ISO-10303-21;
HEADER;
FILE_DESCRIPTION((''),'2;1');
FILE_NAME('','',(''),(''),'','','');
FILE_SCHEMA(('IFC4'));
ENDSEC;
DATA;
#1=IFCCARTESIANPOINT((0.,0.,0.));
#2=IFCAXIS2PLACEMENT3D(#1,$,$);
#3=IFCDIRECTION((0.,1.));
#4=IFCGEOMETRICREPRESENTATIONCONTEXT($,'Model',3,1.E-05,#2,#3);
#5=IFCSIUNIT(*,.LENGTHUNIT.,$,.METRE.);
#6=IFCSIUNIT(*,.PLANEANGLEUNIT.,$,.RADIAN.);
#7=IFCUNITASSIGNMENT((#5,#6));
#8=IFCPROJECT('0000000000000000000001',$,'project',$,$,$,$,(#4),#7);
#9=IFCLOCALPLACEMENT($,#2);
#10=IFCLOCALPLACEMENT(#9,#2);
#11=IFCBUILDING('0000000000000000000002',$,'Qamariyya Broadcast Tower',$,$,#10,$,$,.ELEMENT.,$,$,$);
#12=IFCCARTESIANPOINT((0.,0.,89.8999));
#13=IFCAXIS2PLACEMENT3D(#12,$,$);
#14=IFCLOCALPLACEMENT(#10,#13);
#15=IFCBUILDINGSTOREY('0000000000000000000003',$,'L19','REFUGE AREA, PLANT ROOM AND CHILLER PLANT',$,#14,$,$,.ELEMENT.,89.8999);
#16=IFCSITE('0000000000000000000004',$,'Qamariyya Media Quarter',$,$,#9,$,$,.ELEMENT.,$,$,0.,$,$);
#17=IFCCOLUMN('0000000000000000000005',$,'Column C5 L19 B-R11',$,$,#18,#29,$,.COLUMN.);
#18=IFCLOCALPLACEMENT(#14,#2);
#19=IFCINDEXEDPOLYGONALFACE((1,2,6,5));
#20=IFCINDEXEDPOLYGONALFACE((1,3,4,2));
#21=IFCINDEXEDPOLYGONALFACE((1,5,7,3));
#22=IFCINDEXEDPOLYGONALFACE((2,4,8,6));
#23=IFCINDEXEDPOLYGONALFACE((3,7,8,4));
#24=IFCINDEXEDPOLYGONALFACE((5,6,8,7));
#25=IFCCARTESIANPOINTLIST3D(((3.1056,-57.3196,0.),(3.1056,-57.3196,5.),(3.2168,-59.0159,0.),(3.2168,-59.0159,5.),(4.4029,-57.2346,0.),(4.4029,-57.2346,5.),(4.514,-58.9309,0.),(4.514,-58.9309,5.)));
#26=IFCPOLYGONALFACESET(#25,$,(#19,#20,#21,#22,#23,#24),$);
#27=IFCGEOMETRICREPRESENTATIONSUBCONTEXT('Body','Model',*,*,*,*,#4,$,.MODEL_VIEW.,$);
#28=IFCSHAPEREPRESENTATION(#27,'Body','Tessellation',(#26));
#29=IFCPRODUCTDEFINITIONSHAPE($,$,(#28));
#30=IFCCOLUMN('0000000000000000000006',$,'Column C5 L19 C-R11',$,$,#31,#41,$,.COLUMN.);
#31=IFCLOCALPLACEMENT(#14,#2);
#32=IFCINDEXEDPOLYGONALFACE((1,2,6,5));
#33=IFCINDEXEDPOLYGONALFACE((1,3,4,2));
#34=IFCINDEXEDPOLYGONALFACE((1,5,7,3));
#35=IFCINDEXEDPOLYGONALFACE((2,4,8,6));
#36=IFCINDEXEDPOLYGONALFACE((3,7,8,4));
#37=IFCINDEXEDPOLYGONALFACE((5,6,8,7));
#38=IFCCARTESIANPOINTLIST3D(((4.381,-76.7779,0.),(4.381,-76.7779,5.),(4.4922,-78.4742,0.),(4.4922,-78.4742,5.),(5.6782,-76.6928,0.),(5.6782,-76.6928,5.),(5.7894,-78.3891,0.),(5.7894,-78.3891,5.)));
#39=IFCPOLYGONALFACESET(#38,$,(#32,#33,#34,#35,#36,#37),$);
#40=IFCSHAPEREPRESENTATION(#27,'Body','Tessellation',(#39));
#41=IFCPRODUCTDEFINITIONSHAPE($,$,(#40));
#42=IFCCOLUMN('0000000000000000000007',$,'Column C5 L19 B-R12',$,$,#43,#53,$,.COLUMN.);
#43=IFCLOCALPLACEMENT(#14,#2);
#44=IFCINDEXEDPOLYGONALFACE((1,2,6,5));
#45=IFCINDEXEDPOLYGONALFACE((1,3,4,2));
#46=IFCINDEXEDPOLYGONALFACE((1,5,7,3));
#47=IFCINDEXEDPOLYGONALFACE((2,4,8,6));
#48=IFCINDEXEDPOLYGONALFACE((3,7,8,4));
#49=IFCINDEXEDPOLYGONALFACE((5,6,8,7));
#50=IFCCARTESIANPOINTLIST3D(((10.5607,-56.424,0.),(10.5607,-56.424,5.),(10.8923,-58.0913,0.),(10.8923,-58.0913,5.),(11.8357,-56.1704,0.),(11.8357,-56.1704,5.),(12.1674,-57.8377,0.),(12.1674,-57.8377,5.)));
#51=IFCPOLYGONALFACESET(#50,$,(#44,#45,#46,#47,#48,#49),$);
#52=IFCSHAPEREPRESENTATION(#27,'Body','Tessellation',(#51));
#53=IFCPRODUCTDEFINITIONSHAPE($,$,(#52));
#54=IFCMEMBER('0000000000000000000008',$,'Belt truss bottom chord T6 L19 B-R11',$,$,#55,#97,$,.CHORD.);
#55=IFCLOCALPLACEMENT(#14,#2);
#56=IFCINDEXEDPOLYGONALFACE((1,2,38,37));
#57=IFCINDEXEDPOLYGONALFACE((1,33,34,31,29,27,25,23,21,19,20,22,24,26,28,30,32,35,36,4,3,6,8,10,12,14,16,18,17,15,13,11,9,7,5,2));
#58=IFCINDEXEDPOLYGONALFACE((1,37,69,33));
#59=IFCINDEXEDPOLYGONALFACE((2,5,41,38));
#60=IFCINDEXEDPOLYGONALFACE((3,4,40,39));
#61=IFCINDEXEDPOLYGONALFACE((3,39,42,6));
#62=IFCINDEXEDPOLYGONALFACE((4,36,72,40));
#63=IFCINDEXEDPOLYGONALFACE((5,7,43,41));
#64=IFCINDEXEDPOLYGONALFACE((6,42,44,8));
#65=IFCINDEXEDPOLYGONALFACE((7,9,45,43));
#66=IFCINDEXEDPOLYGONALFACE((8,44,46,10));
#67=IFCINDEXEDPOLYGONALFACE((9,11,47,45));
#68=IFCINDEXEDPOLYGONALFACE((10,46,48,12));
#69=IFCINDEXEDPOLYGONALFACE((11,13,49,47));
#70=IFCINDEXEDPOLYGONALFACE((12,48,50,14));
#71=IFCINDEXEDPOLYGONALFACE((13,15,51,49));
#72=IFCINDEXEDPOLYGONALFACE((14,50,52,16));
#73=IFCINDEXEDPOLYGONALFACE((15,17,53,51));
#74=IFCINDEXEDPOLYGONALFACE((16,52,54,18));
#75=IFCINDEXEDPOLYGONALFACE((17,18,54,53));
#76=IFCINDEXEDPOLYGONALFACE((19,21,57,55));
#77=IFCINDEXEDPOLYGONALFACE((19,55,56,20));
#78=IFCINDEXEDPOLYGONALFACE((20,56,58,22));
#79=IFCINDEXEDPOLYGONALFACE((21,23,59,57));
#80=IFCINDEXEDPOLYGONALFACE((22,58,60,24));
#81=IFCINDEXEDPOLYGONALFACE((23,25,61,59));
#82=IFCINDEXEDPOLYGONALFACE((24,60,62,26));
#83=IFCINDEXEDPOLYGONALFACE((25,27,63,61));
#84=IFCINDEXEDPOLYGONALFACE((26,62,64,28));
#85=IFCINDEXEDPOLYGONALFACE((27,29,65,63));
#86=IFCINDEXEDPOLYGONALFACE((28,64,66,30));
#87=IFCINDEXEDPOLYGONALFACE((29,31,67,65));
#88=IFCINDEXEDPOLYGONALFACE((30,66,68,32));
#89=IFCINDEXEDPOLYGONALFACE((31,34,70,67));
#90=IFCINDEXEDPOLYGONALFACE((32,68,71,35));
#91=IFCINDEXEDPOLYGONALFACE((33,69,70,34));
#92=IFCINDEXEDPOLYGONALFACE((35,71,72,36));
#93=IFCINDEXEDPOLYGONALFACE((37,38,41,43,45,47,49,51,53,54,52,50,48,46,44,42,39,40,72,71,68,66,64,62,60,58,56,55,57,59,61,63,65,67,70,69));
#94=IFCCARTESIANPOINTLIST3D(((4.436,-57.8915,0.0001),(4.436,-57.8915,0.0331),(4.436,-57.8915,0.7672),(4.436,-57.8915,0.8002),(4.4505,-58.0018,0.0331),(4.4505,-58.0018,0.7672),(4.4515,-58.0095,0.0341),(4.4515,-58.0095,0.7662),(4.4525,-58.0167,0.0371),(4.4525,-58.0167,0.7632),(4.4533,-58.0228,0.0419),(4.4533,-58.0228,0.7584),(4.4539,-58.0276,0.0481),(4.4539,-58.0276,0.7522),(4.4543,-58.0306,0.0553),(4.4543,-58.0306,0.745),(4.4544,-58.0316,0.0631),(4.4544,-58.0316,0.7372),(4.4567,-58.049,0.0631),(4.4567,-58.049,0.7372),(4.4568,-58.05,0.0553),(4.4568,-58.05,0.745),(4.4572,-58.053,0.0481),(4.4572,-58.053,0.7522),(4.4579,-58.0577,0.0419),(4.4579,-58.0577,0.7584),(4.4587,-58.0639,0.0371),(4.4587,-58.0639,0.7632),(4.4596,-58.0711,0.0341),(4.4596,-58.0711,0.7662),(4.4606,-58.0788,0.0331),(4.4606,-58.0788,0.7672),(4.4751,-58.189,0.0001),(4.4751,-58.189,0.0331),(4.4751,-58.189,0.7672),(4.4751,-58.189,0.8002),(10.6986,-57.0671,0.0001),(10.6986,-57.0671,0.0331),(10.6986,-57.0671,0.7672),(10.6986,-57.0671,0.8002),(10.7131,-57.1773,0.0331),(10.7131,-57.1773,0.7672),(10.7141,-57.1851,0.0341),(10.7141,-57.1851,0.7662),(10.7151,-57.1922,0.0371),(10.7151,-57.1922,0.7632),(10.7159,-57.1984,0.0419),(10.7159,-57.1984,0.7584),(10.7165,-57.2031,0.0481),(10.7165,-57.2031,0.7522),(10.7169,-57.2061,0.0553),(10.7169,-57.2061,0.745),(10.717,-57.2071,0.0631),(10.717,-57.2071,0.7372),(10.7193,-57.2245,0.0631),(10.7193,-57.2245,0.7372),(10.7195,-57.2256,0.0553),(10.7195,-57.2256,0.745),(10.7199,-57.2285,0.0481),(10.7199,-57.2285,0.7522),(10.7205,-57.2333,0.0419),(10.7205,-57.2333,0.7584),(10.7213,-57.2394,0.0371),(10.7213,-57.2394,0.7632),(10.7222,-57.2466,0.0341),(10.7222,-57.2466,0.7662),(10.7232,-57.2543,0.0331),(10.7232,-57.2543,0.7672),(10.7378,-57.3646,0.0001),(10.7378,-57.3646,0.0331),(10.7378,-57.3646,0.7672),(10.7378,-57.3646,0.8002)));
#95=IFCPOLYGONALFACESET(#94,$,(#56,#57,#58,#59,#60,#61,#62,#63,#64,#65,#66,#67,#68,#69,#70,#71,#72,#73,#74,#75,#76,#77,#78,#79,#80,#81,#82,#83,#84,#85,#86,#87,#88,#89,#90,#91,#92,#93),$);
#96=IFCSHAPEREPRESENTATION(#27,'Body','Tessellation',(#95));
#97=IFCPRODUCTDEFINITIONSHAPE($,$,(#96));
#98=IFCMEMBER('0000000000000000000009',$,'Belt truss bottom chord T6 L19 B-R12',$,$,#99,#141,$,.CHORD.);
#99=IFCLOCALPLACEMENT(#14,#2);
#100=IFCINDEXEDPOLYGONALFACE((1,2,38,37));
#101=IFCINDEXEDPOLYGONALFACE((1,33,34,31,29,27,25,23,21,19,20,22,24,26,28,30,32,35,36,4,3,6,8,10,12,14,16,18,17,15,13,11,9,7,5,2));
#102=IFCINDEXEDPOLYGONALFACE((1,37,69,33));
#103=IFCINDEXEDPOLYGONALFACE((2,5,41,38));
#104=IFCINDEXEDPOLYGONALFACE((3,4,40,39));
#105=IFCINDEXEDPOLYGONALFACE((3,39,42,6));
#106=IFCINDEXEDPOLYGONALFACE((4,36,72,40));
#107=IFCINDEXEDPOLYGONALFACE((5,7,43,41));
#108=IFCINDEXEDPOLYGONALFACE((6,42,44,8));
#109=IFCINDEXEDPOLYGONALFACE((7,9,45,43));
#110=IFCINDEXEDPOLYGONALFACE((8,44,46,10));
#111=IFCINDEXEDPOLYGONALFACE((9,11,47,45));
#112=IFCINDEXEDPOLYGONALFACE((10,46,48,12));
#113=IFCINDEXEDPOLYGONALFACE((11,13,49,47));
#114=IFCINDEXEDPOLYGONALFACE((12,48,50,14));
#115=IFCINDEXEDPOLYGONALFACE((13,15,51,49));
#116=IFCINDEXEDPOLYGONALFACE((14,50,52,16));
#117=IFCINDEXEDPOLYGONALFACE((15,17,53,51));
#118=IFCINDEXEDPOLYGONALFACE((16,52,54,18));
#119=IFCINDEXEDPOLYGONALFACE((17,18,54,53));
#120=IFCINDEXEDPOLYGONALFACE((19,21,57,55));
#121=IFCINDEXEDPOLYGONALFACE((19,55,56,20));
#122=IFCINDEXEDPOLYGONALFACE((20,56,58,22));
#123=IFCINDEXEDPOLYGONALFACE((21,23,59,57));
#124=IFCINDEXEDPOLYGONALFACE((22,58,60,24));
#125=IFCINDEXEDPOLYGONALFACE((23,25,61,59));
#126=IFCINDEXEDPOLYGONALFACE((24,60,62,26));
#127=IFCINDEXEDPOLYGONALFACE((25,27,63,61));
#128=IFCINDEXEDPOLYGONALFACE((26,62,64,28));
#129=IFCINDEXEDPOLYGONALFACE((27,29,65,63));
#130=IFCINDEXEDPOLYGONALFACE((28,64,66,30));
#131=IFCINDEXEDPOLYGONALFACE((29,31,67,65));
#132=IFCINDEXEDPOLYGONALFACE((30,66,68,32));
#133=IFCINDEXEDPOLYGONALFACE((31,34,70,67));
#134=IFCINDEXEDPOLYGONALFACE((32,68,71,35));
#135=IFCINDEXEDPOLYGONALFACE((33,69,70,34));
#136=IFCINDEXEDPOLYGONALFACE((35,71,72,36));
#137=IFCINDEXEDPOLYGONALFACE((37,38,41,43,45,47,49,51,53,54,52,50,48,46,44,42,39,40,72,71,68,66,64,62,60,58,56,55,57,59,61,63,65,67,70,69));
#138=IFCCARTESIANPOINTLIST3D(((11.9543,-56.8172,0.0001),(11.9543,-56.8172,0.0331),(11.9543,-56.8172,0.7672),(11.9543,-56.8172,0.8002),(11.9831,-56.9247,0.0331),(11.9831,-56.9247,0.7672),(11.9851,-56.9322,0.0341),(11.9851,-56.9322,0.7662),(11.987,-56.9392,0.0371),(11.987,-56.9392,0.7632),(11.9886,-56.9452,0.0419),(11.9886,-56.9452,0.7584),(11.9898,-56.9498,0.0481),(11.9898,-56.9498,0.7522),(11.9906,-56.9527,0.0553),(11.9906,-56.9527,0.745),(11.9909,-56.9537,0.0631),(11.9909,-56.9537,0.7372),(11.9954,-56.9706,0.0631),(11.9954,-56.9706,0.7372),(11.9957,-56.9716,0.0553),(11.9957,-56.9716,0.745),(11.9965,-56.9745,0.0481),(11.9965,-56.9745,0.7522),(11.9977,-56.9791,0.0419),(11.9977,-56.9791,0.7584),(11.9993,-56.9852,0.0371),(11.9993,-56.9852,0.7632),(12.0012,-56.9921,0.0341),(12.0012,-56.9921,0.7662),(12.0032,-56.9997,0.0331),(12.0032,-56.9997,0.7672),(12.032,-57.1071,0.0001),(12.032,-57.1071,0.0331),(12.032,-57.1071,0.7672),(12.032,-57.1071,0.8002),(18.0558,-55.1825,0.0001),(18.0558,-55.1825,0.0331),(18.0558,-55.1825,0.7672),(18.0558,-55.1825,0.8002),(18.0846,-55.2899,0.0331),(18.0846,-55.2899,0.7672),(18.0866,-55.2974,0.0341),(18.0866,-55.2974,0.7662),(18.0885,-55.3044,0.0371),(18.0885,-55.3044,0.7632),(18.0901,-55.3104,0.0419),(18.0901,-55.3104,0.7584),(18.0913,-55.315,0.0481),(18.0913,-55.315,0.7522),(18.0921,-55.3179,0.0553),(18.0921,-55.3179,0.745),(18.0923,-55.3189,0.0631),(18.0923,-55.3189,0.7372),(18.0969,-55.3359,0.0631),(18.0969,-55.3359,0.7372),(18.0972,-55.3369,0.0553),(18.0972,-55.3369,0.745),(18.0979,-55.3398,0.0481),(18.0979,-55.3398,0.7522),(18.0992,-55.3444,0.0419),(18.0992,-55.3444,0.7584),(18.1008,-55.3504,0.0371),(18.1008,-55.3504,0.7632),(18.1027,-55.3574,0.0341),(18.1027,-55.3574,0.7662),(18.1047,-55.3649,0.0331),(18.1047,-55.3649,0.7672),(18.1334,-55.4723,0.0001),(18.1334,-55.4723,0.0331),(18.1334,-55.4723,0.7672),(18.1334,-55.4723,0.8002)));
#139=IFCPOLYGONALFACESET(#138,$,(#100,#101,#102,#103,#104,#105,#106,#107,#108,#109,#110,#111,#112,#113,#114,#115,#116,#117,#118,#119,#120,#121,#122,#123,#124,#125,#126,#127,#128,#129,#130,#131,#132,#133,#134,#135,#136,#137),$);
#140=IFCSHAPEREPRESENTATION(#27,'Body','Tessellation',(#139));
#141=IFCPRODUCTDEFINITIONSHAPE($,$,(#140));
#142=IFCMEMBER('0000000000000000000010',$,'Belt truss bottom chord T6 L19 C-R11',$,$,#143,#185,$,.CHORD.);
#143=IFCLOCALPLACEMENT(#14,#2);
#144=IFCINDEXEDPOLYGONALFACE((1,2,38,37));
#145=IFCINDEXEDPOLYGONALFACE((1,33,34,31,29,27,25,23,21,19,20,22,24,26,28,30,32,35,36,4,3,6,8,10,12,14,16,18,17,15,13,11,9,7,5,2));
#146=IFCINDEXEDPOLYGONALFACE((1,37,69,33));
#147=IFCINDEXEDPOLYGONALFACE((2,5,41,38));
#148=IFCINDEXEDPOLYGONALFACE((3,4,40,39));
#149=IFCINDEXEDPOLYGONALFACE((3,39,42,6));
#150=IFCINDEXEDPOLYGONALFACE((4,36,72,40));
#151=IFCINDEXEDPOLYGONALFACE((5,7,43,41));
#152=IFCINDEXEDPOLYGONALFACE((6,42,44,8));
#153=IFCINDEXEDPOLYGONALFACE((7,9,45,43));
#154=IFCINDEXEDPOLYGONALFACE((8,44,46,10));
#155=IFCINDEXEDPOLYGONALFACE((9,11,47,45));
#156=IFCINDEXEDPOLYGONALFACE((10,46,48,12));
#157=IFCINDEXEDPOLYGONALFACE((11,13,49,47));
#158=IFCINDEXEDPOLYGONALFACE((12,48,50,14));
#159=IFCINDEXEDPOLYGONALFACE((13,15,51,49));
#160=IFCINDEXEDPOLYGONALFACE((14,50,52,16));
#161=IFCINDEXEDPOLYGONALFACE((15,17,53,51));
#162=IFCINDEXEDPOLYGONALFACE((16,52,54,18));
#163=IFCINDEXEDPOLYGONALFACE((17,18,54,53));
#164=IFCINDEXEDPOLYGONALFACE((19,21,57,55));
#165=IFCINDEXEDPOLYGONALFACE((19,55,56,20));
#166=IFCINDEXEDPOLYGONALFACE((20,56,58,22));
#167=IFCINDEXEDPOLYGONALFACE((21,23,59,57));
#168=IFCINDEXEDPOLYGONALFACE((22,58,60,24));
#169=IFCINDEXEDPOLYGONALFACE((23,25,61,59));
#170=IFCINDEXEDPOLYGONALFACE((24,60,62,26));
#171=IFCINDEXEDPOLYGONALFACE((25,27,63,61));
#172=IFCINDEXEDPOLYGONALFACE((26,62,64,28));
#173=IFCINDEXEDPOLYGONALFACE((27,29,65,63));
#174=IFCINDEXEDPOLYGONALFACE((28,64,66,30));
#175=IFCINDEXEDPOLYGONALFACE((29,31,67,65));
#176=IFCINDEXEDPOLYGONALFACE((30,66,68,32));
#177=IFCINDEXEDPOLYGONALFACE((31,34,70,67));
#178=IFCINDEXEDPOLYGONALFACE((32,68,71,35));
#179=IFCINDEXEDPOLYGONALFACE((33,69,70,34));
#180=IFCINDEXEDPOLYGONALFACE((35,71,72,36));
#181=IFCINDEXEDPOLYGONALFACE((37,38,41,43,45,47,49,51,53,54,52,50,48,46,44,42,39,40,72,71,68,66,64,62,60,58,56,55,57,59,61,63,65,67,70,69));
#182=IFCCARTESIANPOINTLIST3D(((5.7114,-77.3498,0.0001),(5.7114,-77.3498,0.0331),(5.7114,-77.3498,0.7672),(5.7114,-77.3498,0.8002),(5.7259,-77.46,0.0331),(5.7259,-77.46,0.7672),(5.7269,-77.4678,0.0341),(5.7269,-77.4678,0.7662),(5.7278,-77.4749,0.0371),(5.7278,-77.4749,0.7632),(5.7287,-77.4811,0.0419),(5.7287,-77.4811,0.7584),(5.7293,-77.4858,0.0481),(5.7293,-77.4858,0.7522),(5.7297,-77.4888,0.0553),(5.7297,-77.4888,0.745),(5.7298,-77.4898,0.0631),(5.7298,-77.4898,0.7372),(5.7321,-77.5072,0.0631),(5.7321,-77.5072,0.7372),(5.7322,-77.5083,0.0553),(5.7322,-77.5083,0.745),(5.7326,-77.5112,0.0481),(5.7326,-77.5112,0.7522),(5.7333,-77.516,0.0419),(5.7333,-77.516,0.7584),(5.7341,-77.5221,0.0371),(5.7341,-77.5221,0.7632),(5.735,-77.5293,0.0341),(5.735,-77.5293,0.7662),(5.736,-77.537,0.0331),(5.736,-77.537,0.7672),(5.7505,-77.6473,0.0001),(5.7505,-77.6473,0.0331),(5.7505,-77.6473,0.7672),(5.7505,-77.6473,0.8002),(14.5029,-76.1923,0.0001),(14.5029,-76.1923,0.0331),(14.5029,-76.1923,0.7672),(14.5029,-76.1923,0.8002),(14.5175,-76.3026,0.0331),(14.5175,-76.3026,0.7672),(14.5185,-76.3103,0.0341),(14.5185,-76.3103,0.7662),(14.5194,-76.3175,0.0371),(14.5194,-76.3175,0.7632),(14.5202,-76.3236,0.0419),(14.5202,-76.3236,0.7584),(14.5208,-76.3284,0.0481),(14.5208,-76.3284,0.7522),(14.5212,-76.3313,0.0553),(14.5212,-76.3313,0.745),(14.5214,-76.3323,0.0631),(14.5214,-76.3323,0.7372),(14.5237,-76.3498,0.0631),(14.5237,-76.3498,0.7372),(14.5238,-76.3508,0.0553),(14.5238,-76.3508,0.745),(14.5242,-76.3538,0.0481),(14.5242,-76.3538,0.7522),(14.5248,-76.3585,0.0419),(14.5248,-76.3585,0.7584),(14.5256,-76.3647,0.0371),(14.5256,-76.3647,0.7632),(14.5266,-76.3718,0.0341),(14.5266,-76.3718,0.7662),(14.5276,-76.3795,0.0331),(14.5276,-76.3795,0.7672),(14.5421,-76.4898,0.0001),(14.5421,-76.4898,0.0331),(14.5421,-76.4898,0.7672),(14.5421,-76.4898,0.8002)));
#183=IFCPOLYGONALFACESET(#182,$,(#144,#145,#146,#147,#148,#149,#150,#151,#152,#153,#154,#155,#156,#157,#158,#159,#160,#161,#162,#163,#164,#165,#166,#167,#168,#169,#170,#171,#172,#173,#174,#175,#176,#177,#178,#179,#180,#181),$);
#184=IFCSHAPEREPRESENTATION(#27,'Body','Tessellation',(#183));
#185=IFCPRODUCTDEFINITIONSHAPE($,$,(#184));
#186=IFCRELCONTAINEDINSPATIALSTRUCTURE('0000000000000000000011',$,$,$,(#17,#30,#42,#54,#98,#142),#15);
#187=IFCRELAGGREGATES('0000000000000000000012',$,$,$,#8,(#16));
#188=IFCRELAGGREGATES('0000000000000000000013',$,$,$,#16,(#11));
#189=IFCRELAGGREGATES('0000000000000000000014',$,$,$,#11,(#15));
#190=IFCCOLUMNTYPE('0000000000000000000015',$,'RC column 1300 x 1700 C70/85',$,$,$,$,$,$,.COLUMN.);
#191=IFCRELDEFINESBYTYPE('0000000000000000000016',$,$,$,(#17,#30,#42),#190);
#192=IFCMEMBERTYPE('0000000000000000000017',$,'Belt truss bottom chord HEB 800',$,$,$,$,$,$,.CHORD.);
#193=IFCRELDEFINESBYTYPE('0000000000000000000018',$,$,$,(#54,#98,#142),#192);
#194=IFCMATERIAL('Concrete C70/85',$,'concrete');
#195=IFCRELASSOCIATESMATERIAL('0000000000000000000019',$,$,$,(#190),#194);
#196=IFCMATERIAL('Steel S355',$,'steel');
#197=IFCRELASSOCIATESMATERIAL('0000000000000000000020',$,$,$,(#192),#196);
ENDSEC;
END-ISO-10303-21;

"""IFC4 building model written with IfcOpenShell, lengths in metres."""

from ifc_helpers import new_model, si_unit, direction, frame, origin, origin_2d, place, context, subcontext, project, spatial, rectangle, i_section, extrude, material, material_profile, profile_set, type_object, element, save


model = new_model("IFC4")

# Units and contexts
model_context = context("Model", 3, precision=1e-05, world=origin(), true_north=direction((0.0, 1.0)))
body_context = subcontext(model_context, "Body", "Model", "MODEL_VIEW")
ifc_project = project(units=[si_unit("LENGTHUNIT", "METRE"), si_unit("PLANEANGLEUNIT", "RADIAN")], contexts=[model_context])

# Site, building, storey
site_placement = place(None, origin())
site = spatial("IfcSite", under=ifc_project, at=site_placement, Name="Qamariyya Media Quarter", CompositionType="ELEMENT", RefElevation=0.0)
building_placement = place(site_placement, origin())
building = spatial("IfcBuilding", under=site, at=building_placement, Name="Qamariyya Broadcast Tower", CompositionType="ELEMENT")
storey_placement = place(building_placement, frame((0.0, 0.0, 89.8999)))
storey = spatial("IfcBuildingStorey", under=building, at=storey_placement, Name="L19", Description="REFUGE AREA, PLANT ROOM AND CHILLER PLANT", CompositionType="ELEMENT", Elevation=89.8999)

# Columns
ifc_material_1 = material(Name="Concrete C70/85", Category="concrete")
ifc_material_profile_1 = material_profile(ifc_material_1, rectangle(XDim=1.3, YDim=1.7, at=origin_2d()))
ifc_profile_set_1 = profile_set([ifc_material_profile_1], Name="Concrete C70/85")
column_type = type_object("IfcColumnType", Name="RC column 1300 x 1700 C70/85", PredefinedType="COLUMN", material=ifc_profile_set_1)
for number, where, z_axis, x_axis, name in (
    (1, (3.8098, -58.1252, 0.0), (0.0, 0.0, 1.0), (0.997859, 0.065403, 0.0), "Column C5 L19 B-R11"),
    (2, (5.0852, -77.5835, 0.0), (0.0, 0.0, 1.0), (0.997859, 0.065403, 0.0), "Column C5 L19 C-R11"),
    (3, (11.364, -57.1309, 0.0), (0.0, 0.0, 1.0), (0.980785, 0.19509, 0.0), "Column C5 L19 B-R12"),
):
    element("IfcColumn", number, at=place(storey_placement, frame(where, z_axis=z_axis, x_axis=x_axis)), inside=storey, type_object=column_type, Name=name, PredefinedType="COLUMN", context=body_context, shape_type="SweptSolid", body=[
        extrude(rectangle(XDim=1.3, YDim=1.7, at=origin_2d()), origin(), (0.0, 0.0, 1.0), 5.0),
    ])

# Members
ifc_material_2 = material(Name="Steel S355", Category="steel")
ifc_material_profile_2 = material_profile(ifc_material_2, i_section(OverallWidth=0.3, OverallDepth=0.8, WebThickness=0.0176, FlangeThickness=0.033, FilletRadius=0.03, at=origin_2d()))
ifc_profile_set_2 = profile_set([ifc_material_profile_2], Name="Steel S355")
member_type_1 = type_object("IfcMemberType", Name="Belt truss bottom chord HEB 800", PredefinedType="CHORD", material=ifc_profile_set_2)
for number, where, z_axis, x_axis, name in (
    (4, (4.4556, -58.0403, 0.4001), (0.991446, 0.13052, 0.0), (-0.13052, 0.991446, 0.0), "Belt truss bottom chord T6 L19 B-R11"),
    (5, (11.9932, -56.9622, 0.4001), (0.965931, 0.258798, 0.0), (-0.258798, 0.965931, 0.0), "Belt truss bottom chord T6 L19 B-R12"),
):
    element("IfcMember", number, at=place(storey_placement, frame(where, z_axis=z_axis, x_axis=x_axis)), inside=storey, type_object=member_type_1, Name=name, PredefinedType="CHORD", context=body_context, shape_type="SweptSolid", body=[
        extrude(i_section(OverallWidth=0.3, OverallDepth=0.8, WebThickness=0.0176, FlangeThickness=0.033, FilletRadius=0.03, at=origin_2d()), origin(), (0.0, 0.0, 1.0), 6.3167),
    ])
member_1_placement = place(storey_placement, frame((5.731, -77.4985, 0.4001), z_axis=(0.991444, 0.130531, 0.0), x_axis=(-0.130531, 0.991444, 0.0)))
element("IfcMember", 6, at=member_1_placement, inside=storey, type_object=member_type_1, Name="Belt truss bottom chord T6 L19 C-R11", PredefinedType="CHORD", context=body_context, shape_type="SweptSolid", body=[
    extrude(i_section(OverallWidth=0.3, OverallDepth=0.8, WebThickness=0.0176, FlangeThickness=0.033, FilletRadius=0.03, at=origin_2d()), origin(), (0.0, 0.0, 1.0), 8.8674),
])

save(model, "model.ifc")
